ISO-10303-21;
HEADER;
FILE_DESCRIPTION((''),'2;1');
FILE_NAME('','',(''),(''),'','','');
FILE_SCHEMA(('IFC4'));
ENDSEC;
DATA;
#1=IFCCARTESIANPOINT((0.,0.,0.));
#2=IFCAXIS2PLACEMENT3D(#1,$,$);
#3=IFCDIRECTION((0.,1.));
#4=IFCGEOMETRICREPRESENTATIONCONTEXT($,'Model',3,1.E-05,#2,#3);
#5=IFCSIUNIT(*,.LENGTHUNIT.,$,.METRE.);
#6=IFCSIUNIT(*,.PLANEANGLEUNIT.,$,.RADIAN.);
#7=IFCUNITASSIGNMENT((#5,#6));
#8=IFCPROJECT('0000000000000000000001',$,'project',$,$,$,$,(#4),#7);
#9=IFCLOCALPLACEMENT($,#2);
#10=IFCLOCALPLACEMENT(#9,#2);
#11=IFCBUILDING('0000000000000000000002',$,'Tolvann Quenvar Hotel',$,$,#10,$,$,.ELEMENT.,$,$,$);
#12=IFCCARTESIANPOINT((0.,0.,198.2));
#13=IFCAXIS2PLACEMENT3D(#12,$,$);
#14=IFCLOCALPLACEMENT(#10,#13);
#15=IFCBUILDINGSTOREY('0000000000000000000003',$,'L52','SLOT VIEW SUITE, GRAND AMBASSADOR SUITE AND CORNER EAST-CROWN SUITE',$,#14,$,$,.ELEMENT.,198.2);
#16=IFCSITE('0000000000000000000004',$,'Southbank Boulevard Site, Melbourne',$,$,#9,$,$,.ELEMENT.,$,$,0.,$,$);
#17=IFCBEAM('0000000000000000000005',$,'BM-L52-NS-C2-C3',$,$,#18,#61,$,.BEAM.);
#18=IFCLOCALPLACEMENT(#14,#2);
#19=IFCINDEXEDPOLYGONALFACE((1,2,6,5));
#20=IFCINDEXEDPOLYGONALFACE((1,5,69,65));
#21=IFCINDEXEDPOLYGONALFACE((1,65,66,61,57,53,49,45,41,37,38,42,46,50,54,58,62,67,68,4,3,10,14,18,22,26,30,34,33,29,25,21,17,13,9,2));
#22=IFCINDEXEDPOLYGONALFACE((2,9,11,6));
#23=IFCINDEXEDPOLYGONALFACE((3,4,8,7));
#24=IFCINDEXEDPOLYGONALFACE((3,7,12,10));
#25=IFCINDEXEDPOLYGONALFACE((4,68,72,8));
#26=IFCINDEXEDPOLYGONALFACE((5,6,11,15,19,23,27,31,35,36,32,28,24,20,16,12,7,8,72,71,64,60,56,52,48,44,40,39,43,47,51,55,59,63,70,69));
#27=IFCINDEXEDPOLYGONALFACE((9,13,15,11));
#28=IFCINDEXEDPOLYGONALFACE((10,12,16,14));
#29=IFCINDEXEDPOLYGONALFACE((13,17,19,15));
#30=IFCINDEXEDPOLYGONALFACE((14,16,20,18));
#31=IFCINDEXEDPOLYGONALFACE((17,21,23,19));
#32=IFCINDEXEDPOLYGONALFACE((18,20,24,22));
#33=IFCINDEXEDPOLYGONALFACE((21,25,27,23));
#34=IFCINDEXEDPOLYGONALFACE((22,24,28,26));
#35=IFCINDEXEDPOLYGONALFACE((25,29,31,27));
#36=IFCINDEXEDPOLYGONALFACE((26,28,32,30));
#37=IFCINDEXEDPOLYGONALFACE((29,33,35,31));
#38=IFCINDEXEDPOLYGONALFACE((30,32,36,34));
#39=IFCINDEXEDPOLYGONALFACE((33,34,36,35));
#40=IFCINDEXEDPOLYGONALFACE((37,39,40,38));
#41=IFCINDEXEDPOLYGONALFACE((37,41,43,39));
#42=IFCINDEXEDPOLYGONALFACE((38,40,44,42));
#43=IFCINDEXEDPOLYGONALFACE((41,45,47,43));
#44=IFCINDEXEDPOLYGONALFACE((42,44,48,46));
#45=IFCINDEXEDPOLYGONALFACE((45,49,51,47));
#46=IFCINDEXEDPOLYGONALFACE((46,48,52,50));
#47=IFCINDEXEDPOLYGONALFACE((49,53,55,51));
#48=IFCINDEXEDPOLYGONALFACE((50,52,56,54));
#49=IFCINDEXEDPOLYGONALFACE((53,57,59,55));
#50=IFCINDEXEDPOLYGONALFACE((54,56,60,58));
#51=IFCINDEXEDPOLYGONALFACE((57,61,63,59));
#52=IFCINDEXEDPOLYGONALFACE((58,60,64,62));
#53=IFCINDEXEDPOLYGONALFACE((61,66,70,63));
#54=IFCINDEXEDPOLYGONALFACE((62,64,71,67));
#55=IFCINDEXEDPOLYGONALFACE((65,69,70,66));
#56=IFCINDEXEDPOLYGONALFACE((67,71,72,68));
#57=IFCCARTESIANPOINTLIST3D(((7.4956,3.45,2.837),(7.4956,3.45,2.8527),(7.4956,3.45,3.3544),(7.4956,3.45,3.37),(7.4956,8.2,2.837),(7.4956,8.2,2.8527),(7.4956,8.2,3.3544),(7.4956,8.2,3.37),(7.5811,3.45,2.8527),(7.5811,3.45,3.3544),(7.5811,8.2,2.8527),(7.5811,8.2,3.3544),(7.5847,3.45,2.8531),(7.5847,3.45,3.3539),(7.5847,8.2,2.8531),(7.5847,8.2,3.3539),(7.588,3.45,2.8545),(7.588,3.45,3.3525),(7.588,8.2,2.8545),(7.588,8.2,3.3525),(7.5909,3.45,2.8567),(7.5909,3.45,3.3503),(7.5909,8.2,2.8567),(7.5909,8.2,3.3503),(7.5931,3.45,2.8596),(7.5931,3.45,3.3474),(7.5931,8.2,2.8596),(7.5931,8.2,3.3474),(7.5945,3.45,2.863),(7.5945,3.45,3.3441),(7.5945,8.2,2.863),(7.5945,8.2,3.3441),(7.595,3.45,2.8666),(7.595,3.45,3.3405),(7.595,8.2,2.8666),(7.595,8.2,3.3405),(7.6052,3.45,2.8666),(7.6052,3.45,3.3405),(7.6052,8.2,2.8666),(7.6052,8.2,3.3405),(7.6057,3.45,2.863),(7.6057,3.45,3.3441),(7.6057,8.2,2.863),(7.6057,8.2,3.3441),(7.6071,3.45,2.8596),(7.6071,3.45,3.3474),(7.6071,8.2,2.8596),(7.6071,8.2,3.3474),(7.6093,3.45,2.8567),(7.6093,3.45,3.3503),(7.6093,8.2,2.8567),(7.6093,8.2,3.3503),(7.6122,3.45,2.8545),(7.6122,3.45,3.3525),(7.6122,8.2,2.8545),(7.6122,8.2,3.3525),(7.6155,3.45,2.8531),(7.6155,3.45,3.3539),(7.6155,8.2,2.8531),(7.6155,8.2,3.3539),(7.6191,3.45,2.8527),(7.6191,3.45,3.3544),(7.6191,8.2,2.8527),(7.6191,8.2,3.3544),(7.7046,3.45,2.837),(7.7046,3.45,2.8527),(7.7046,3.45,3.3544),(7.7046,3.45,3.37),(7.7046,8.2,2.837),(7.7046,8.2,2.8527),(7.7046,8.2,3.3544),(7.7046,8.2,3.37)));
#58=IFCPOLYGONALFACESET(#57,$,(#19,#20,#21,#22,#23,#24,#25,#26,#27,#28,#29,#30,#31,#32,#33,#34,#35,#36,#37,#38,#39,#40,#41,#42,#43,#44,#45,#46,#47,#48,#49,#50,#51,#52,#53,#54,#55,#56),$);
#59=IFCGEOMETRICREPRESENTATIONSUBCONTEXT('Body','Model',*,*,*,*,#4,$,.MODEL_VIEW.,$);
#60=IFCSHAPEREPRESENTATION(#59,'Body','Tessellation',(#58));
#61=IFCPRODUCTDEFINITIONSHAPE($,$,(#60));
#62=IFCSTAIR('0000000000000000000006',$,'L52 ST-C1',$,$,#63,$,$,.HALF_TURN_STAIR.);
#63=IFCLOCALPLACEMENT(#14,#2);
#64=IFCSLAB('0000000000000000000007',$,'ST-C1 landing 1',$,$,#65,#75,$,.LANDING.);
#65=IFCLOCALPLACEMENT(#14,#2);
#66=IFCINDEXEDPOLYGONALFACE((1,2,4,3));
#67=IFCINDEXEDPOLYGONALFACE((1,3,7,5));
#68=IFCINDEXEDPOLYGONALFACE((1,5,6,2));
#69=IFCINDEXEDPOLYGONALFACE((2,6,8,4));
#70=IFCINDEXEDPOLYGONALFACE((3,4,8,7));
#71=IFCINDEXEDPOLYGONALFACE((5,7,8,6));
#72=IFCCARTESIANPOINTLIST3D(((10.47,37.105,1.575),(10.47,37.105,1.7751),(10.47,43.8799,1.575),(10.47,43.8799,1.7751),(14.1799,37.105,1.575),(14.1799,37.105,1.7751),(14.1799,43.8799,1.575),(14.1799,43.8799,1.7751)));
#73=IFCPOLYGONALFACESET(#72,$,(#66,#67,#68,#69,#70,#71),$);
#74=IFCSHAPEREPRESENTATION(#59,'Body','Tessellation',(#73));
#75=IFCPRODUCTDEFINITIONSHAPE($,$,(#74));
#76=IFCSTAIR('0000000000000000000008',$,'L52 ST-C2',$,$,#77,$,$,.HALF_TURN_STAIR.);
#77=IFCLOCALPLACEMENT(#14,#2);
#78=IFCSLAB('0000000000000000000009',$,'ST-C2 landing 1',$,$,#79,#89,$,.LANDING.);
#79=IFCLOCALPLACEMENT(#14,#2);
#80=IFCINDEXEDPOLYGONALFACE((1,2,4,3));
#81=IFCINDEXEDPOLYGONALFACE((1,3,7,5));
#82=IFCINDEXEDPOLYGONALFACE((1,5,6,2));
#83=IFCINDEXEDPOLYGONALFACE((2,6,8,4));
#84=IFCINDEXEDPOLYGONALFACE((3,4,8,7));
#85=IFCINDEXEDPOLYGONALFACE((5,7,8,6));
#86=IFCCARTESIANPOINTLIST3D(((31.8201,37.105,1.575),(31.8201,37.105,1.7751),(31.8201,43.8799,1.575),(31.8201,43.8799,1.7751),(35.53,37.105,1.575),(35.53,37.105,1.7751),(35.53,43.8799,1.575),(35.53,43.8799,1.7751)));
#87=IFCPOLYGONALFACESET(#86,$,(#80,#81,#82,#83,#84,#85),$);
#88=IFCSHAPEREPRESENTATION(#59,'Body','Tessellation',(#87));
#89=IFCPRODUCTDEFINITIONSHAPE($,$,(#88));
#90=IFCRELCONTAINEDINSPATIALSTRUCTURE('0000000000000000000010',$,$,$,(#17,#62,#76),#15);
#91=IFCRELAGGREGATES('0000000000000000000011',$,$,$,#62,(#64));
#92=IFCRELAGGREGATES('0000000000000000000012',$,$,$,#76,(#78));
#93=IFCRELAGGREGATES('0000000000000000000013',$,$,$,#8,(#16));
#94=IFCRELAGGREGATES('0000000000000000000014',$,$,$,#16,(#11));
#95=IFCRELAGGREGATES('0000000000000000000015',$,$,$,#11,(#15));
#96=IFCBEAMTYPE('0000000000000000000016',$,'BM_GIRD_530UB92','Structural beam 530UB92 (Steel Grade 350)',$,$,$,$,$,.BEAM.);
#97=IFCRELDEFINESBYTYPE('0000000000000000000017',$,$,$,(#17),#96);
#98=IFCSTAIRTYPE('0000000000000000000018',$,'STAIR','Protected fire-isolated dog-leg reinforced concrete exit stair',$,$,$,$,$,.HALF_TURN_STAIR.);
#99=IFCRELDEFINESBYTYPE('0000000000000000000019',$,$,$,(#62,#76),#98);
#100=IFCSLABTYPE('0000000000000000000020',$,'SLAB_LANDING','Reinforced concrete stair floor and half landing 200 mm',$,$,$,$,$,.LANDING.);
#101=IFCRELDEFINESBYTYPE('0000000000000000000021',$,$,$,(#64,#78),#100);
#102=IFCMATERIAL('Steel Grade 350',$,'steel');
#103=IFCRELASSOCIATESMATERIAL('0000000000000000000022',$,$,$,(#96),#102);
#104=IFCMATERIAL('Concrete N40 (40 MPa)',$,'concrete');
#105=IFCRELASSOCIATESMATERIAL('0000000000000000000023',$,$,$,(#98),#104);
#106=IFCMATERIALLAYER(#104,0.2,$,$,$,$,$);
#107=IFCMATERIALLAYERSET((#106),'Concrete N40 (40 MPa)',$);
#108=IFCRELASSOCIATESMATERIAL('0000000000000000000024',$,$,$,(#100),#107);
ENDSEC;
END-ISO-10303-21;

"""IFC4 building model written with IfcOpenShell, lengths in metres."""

from ifc_helpers import new_model, si_unit, direction, frame, origin, origin_2d, place, context, subcontext, project, spatial, polyline, i_section, outline, extrude, source, transform, mapped, material, layer, layer_set, material_profile, profile_set, type_object, type_shapes, element, aggregate, save


model = new_model("IFC4")

# Units and contexts
model_context = context("Model", 3, precision=1e-05, world=origin(), true_north=direction((0.0, 1.0)))
body_context = subcontext(model_context, "Body", "Model", "MODEL_VIEW")
ifc_project = project(units=[si_unit("LENGTHUNIT", "METRE"), si_unit("PLANEANGLEUNIT", "RADIAN")], contexts=[model_context])

# Site, building, storey
site_placement = place(None, origin())
site = spatial("IfcSite", under=ifc_project, at=site_placement, Name="Southbank Boulevard Site, Melbourne", CompositionType="ELEMENT", RefElevation=0.0)
building_placement = place(site_placement, origin())
building = spatial("IfcBuilding", under=site, at=building_placement, Name="Tolvann Quenvar Hotel", CompositionType="ELEMENT")
storey_placement = place(building_placement, frame((0.0, 0.0, 198.2)))
storey = spatial("IfcBuildingStorey", under=building, at=storey_placement, Name="L52", Description="SLOT VIEW SUITE, GRAND AMBASSADOR SUITE AND CORNER EAST-CROWN SUITE", CompositionType="ELEMENT", Elevation=198.2)

# Beam
ifc_material_1 = material(Name="Steel Grade 350", Category="steel")
ifc_material_profile_1 = material_profile(ifc_material_1, i_section(OverallWidth=0.209, OverallDepth=0.533, WebThickness=0.0103, FlangeThickness=0.0156, FilletRadius=0.0139, at=origin_2d()), Name="530UB92")
ifc_profile_set_1 = profile_set([ifc_material_profile_1], Name="Steel Grade 350")
beam_type_1 = type_object("IfcBeamType", Name="BM_GIRD_530UB92", Description="Structural beam 530UB92 (Steel Grade 350)", PredefinedType="BEAM", material=ifc_profile_set_1)
shared_shape_1 = source(origin(), body_context, "Body", "SweptSolid", [
    extrude(i_section(OverallWidth=0.209, OverallDepth=0.533, WebThickness=0.0103, FlangeThickness=0.0156, FilletRadius=0.0139, at=origin_2d()), origin(), (0.0, 0.0, 1.0), 4.75),
])
type_shapes(beam_type_1, [shared_shape_1])
beam_1_placement = place(storey_placement, frame((7.6001, 3.45, 3.1035), z_axis=(0.0, 1.0, 0.0), x_axis=(-1.0, 0.0, 0.0)))
element("IfcBeam", 1, at=beam_1_placement, inside=storey, type_object=beam_type_1, Name="BM-L52-NS-C2-C3", PredefinedType="BEAM", context=body_context, shape_type="MappedRepresentation", body=[
    mapped(shared_shape_1, transform((0.0, 0.0, 0.0), x_axis=(1.0, 0.0, 0.0), y_axis=(0.0, 1.0, 0.0), z_axis=(0.0, 0.0, 1.0), scale=1.0)),
])

# Stairs, slabs
ifc_material_2 = material(Name="Concrete N40 (40 MPa)", Category="concrete")
stair_type = type_object("IfcStairType", Name="STAIR", Description="Protected fire-isolated dog-leg reinforced concrete exit stair", PredefinedType="HALF_TURN_STAIR", material=ifc_material_2)
stair_1_placement = place(storey_placement, origin())
stair_1 = element("IfcStair", 2, at=stair_1_placement, inside=storey, type_object=stair_type, Name="L52 ST-C1", PredefinedType="HALF_TURN_STAIR")
ifc_layer_1 = layer(ifc_material_2, 0.2)
ifc_layer_set_1 = layer_set([ifc_layer_1], Name="Concrete N40 (40 MPa)")
slab_type_1 = type_object("IfcSlabType", Name="SLAB_LANDING", Description="Reinforced concrete stair floor and half landing 200 mm", PredefinedType="LANDING", material=ifc_layer_set_1)
slab_1_placement = place(storey_placement, frame((0.0, 0.0, 1.575)))
slab_1 = element("IfcSlab", 3, at=slab_1_placement, type_object=slab_type_1, Name="ST-C1 landing 1", PredefinedType="LANDING", context=body_context, shape_type="SweptSolid", body=[
    extrude(outline(polyline([(14.1799, 37.105), (14.1799, 43.8799), (10.47, 43.8799), (10.47, 37.105), (14.1799, 37.105)])), origin(), (0.0, 0.0, 1.0), 0.2002),
])
aggregate(stair_1, [slab_1])
stair_2_placement = place(storey_placement, origin())
stair_2 = element("IfcStair", 4, at=stair_2_placement, inside=storey, type_object=stair_type, Name="L52 ST-C2", PredefinedType="HALF_TURN_STAIR")
slab_2_placement = place(storey_placement, frame((0.0, 0.0, 1.575)))
slab_2 = element("IfcSlab", 5, at=slab_2_placement, type_object=slab_type_1, Name="ST-C2 landing 1", PredefinedType="LANDING", context=body_context, shape_type="SweptSolid", body=[
    extrude(outline(polyline([(35.53, 37.105), (35.53, 43.8799), (31.8201, 43.8799), (31.8201, 37.105), (35.53, 37.105)])), origin(), (0.0, 0.0, 1.0), 0.2002),
])
aggregate(stair_2, [slab_2])

save(model, "model.ifc")
